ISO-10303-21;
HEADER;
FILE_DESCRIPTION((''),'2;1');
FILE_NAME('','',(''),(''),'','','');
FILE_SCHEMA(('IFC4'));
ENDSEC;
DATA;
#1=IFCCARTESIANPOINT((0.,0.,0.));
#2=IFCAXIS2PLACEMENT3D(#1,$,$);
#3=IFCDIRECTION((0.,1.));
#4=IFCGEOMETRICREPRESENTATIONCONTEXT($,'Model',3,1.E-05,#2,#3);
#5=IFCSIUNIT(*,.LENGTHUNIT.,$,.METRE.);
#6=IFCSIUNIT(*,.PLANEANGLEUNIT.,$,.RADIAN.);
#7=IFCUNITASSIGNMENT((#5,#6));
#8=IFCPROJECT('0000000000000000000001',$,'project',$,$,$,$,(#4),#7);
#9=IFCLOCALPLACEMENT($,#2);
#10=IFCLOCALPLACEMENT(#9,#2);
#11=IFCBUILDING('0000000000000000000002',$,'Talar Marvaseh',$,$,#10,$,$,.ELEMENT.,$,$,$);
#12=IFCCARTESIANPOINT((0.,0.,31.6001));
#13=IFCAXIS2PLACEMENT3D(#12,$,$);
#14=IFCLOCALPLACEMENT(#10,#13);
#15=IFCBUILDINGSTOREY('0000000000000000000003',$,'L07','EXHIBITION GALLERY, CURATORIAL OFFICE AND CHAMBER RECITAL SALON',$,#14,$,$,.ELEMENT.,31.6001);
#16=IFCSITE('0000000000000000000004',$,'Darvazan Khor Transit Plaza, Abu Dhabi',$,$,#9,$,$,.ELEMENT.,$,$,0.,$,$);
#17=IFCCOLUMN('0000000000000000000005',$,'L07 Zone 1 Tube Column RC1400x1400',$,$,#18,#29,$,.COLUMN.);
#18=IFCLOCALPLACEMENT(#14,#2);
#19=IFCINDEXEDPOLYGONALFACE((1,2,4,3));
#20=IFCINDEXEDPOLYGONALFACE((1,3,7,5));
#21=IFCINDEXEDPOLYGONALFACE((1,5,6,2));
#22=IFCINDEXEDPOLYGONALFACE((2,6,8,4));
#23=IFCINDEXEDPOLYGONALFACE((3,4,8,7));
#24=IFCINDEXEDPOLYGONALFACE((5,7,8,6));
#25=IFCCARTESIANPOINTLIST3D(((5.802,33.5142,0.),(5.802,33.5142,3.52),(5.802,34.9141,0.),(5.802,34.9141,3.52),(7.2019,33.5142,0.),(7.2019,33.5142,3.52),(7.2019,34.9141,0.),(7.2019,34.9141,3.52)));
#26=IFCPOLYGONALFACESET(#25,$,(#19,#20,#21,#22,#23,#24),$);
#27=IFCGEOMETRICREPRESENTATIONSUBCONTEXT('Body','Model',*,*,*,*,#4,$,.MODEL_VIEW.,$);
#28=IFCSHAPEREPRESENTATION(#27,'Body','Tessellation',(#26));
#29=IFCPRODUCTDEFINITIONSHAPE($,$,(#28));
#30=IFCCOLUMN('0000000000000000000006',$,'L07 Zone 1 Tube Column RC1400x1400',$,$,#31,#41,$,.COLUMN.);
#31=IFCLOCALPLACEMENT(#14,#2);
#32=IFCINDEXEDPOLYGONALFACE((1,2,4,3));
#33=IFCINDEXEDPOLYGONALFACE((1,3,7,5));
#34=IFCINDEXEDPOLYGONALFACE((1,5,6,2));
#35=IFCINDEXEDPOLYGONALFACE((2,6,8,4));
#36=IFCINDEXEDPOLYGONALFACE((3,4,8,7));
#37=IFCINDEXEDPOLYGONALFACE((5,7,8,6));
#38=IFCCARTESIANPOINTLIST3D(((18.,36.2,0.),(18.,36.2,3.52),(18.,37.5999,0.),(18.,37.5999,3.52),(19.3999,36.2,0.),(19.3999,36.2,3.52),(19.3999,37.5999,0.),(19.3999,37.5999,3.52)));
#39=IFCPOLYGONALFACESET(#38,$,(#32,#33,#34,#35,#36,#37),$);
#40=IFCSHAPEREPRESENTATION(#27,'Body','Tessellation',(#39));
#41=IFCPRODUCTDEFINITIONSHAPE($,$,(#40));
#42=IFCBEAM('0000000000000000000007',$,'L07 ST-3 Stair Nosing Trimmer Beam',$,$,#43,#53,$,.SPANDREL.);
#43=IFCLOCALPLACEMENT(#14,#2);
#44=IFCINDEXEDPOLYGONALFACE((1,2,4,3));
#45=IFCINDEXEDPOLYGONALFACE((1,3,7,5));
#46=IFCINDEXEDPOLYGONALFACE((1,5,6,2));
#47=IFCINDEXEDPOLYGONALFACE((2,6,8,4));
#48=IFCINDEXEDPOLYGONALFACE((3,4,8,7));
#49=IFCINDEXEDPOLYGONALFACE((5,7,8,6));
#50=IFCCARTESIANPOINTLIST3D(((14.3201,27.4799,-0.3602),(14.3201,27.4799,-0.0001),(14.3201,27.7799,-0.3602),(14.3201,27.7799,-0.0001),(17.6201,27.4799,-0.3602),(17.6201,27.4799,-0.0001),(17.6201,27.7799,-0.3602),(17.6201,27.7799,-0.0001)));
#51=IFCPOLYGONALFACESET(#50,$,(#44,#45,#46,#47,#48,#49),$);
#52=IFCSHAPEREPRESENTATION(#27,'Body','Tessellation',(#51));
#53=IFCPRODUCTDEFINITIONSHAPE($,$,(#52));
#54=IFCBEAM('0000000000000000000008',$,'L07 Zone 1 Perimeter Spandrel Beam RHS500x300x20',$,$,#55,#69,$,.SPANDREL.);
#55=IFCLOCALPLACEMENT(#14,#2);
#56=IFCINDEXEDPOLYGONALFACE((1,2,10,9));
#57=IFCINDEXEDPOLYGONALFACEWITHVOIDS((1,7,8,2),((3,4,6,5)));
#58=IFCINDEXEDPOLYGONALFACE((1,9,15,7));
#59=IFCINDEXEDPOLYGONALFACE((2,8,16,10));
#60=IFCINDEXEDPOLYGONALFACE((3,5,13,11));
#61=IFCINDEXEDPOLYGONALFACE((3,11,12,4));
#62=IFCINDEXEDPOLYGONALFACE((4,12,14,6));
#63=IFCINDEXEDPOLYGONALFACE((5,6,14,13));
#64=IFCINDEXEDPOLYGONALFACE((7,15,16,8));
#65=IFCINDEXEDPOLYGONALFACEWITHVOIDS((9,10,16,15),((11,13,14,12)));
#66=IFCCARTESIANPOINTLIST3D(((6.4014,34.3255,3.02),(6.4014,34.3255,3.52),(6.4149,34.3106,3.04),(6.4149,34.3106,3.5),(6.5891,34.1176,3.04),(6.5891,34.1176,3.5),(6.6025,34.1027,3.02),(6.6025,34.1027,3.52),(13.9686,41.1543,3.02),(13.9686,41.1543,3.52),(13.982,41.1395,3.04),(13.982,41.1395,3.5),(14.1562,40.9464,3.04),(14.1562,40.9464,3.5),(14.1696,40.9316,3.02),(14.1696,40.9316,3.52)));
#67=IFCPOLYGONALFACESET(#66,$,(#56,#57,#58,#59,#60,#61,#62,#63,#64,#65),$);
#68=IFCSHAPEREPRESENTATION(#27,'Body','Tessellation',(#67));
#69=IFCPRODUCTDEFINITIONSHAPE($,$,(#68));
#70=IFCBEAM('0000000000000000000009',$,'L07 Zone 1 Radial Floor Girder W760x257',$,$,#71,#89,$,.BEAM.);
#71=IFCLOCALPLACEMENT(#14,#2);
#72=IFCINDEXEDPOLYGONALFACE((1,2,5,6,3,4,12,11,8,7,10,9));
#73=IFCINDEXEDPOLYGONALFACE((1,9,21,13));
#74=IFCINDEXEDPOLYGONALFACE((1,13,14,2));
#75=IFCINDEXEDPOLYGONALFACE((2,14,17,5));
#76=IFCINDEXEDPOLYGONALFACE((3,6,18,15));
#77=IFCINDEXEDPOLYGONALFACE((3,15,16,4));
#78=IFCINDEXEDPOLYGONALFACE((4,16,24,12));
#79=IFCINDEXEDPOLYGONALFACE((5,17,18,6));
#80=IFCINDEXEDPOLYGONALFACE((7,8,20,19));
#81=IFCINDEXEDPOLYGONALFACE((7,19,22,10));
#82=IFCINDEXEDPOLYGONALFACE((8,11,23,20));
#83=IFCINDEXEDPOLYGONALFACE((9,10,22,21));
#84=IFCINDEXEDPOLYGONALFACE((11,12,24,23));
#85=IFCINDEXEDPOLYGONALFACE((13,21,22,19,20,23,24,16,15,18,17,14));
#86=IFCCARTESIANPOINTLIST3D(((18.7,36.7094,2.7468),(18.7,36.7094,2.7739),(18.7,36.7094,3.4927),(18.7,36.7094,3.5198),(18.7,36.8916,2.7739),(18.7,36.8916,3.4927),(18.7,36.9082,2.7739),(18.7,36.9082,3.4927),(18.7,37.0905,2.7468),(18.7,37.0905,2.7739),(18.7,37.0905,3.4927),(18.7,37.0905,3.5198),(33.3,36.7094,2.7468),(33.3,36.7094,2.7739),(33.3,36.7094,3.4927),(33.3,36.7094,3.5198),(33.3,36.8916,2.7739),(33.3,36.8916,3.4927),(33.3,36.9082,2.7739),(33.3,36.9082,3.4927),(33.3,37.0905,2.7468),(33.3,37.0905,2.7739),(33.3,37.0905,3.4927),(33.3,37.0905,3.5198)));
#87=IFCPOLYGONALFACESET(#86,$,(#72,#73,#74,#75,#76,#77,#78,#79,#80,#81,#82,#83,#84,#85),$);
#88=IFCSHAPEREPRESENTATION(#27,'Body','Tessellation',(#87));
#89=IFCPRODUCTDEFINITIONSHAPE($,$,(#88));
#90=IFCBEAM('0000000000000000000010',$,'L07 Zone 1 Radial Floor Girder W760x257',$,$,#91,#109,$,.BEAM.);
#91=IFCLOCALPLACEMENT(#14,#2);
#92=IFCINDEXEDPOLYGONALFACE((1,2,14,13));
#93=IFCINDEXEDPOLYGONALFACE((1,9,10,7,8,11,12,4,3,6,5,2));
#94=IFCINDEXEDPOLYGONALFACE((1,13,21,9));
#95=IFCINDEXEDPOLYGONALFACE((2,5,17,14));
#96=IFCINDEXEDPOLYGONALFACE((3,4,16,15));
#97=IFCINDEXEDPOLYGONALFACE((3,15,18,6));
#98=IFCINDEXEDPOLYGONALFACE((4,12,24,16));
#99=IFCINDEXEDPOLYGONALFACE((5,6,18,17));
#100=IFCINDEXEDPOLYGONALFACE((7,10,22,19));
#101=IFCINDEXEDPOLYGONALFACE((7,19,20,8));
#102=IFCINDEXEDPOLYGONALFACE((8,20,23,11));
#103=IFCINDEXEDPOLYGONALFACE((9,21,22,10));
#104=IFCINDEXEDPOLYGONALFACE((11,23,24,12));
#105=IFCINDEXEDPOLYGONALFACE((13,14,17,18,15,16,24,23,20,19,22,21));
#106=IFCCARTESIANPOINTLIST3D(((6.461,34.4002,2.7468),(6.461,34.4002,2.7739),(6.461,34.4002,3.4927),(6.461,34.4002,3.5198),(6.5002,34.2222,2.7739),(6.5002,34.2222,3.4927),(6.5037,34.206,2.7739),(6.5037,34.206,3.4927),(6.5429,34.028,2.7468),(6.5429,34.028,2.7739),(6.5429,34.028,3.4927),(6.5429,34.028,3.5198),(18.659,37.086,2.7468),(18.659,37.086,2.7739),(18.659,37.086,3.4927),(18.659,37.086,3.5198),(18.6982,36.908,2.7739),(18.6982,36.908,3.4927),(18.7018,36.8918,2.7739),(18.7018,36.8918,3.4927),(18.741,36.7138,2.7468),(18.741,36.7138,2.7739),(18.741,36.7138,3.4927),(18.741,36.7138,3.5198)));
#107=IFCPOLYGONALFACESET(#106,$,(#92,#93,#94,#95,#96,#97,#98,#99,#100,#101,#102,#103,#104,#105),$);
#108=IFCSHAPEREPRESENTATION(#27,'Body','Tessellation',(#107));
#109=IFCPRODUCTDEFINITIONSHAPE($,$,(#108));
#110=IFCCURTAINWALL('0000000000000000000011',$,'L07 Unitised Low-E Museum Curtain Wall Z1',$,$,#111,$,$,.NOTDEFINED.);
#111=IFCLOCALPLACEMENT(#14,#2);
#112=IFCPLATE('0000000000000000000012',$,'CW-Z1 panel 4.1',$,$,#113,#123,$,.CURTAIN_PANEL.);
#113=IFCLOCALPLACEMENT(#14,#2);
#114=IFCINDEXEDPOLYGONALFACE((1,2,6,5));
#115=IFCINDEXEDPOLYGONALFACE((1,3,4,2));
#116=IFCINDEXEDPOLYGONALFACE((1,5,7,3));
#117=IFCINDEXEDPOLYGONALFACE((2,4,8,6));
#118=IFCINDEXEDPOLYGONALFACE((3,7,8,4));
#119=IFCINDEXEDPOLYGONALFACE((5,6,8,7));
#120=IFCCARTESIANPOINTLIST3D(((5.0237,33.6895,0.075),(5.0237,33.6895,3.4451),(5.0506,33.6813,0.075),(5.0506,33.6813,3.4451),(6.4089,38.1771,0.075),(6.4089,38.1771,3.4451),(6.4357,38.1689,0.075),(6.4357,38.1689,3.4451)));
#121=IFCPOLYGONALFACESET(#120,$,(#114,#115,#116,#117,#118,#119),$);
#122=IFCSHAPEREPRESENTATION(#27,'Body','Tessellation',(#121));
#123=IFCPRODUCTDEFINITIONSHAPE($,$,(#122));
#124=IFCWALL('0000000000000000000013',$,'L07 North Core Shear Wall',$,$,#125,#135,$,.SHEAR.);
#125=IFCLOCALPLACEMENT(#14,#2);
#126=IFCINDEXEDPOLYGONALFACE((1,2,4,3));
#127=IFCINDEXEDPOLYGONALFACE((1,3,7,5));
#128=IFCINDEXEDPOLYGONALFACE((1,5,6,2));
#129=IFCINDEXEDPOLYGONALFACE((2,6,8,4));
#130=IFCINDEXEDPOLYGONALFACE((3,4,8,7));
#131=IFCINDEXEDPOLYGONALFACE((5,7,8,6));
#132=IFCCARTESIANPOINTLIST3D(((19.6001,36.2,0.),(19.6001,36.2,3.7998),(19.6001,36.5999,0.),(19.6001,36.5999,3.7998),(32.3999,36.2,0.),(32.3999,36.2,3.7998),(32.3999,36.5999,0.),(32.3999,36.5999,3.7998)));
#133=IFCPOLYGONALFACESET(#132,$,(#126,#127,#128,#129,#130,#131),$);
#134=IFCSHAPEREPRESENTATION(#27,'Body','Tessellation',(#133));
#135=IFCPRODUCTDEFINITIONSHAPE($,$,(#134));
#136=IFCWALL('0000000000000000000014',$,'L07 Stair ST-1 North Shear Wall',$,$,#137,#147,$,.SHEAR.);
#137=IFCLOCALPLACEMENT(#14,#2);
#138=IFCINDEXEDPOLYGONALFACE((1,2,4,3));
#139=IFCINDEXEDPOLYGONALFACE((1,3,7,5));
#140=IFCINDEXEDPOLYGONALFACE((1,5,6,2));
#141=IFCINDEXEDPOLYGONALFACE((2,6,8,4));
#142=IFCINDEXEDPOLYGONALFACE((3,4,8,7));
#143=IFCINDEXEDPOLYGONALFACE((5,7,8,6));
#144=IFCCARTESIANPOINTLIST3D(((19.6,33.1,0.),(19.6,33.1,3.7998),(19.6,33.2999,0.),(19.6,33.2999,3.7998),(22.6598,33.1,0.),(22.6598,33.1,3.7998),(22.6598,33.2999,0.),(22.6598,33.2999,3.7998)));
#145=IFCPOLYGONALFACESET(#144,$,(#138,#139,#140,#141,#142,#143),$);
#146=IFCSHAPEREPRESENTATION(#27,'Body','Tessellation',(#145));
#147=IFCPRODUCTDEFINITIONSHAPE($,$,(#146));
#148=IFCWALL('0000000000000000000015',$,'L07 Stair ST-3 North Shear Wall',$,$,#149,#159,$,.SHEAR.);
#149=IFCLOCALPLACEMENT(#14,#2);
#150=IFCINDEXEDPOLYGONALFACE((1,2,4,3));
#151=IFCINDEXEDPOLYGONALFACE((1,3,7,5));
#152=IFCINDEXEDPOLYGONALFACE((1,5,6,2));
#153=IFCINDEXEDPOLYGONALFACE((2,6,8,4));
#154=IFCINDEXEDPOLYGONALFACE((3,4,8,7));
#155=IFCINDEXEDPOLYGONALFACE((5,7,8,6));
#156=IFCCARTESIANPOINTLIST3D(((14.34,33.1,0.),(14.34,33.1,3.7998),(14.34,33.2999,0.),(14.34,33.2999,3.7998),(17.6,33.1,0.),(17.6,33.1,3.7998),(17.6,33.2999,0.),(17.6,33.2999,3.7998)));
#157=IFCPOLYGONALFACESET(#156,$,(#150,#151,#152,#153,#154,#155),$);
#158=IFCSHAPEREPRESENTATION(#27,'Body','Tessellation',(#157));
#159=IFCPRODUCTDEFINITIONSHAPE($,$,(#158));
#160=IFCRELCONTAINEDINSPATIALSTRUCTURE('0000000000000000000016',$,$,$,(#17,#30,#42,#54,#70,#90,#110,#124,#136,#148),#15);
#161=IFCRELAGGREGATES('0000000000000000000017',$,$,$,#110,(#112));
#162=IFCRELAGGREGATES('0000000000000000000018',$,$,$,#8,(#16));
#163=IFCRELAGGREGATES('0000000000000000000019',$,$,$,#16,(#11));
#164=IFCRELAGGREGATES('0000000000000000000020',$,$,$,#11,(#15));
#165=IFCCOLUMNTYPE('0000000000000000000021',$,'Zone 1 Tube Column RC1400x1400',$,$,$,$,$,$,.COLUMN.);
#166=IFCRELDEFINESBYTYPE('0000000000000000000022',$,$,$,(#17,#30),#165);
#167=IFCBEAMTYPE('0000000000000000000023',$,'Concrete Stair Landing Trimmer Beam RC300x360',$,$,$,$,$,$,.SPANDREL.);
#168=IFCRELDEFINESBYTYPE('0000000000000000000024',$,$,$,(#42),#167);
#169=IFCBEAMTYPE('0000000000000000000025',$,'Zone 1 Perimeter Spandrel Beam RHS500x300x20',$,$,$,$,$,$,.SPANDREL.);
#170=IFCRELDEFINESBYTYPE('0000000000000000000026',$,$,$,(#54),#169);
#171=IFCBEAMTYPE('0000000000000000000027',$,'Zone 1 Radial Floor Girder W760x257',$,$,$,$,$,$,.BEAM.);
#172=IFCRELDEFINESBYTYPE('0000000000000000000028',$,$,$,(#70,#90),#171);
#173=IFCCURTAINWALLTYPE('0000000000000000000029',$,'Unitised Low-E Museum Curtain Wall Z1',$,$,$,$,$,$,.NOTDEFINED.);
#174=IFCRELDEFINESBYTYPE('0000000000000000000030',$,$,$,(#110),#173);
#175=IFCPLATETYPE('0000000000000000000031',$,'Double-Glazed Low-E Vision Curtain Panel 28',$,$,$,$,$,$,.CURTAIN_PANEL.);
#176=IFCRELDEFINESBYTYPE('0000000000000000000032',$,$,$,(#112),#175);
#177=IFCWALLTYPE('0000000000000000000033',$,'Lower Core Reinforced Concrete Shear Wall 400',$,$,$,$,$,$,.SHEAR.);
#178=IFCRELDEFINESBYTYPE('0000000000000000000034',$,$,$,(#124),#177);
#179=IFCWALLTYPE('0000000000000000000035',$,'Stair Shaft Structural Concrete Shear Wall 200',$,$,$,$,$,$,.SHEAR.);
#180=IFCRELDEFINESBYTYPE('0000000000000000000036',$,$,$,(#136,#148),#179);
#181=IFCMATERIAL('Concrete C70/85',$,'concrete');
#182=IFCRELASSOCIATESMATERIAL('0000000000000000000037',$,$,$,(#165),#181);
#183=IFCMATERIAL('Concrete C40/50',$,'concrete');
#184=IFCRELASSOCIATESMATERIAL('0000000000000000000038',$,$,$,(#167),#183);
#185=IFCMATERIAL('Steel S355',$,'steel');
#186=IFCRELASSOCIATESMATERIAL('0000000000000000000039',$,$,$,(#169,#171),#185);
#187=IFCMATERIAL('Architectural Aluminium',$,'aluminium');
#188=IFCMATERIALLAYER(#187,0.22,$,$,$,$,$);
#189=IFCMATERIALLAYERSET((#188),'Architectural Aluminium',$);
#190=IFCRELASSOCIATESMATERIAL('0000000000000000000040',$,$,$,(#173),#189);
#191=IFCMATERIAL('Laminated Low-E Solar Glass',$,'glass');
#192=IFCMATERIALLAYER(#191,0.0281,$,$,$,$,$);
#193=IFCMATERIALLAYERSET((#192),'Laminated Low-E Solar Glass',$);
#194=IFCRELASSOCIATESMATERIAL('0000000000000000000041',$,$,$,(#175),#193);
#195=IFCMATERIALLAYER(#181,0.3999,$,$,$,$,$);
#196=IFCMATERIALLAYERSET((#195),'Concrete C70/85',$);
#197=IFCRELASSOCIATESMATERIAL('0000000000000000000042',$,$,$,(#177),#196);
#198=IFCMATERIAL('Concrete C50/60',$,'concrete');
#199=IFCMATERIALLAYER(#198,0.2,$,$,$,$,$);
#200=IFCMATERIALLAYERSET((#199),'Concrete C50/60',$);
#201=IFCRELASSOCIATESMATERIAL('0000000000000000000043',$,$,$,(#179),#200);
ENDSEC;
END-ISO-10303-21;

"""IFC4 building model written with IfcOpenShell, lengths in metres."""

from ifc_helpers import new_model, si_unit, direction, frame, frame_2d, origin, origin_2d, place, context, subcontext, project, spatial, rectangle, hollow_rectangle, i_section, extrude, source, transform, mapped, material, layer, layer_set, material_profile, profile_set, type_object, type_shapes, element, aggregate, save


model = new_model("IFC4")

# Units and contexts
model_context = context("Model", 3, precision=1e-05, world=origin(), true_north=direction((0.0, 1.0)))
body_context = subcontext(model_context, "Body", "Model", "MODEL_VIEW")
ifc_project = project(units=[si_unit("LENGTHUNIT", "METRE"), si_unit("PLANEANGLEUNIT", "RADIAN")], contexts=[model_context])

# Site, building, storey
site_placement = place(None, origin())
site = spatial("IfcSite", under=ifc_project, at=site_placement, Name="Darvazan Khor Transit Plaza, Abu Dhabi", CompositionType="ELEMENT", RefElevation=0.0)
building_placement = place(site_placement, origin())
building = spatial("IfcBuilding", under=site, at=building_placement, Name="Talar Marvaseh", CompositionType="ELEMENT")
storey_placement = place(building_placement, frame((0.0, 0.0, 31.6001)))
storey = spatial("IfcBuildingStorey", under=building, at=storey_placement, Name="L07", Description="EXHIBITION GALLERY, CURATORIAL OFFICE AND CHAMBER RECITAL SALON", CompositionType="ELEMENT", Elevation=31.6001)

# Columns
ifc_material_1 = material(Name="Concrete C70/85", Category="concrete")
ifc_material_profile_1 = material_profile(ifc_material_1, rectangle(XDim=1.3999, YDim=1.3999, at=origin_2d()), Name="RC1400x1400")
ifc_profile_set_1 = profile_set([ifc_material_profile_1], Name="Concrete C70/85")
column_type = type_object("IfcColumnType", Name="Zone 1 Tube Column RC1400x1400", PredefinedType="COLUMN", material=ifc_profile_set_1)
for number, where, z_axis, x_axis, name in (
    (1, (6.502, 34.2141, 0.0), (0.0, 0.0, 1.0), (1.0, 0.0, 0.0), "L07 Zone 1 Tube Column RC1400x1400"),
    (2, (18.7, 36.8999, 0.0), (0.0, 0.0, 1.0), (1.0, 0.0, 0.0), "L07 Zone 1 Tube Column RC1400x1400"),
):
    element("IfcColumn", number, at=place(storey_placement, frame(where, z_axis=z_axis, x_axis=x_axis)), inside=storey, type_object=column_type, Name=name, PredefinedType="COLUMN", context=body_context, shape_type="SweptSolid", body=[
        extrude(rectangle(XDim=1.3999, YDim=1.3999, at=origin_2d()), origin(), (0.0, 0.0, 1.0), 3.52),
    ])

# Beams
ifc_material_2 = material(Name="Concrete C40/50", Category="concrete")
ifc_material_profile_2 = material_profile(ifc_material_2, rectangle(XDim=0.3, YDim=0.3601, at=origin_2d()), Name="RC300x360")
ifc_profile_set_2 = profile_set([ifc_material_profile_2], Name="Concrete C40/50")
beam_type_1 = type_object("IfcBeamType", Name="Concrete Stair Landing Trimmer Beam RC300x360", PredefinedType="SPANDREL", material=ifc_profile_set_2)
beam_1_placement = place(storey_placement, frame((17.6201, 27.6299, -0.1802), z_axis=(-1.0, 0.0, 0.0), x_axis=(0.0, -1.0, 0.0)))
element("IfcBeam", 3, at=beam_1_placement, inside=storey, type_object=beam_type_1, Name="L07 ST-3 Stair Nosing Trimmer Beam", PredefinedType="SPANDREL", context=body_context, shape_type="SweptSolid", body=[
    extrude(rectangle(XDim=0.3, YDim=0.3601, at=origin_2d()), origin(), (0.0, 0.0, 1.0), 3.3),
])
ifc_material_3 = material(Name="Steel S355", Category="steel")
ifc_material_profile_3 = material_profile(ifc_material_3, hollow_rectangle(XDim=0.3, YDim=0.5, WallThickness=0.02, at=origin_2d()), Name="RHS500x300x20")
ifc_profile_set_3 = profile_set([ifc_material_profile_3], Name="Steel S355")
beam_type_2 = type_object("IfcBeamType", Name="Zone 1 Perimeter Spandrel Beam RHS500x300x20", PredefinedType="SPANDREL", material=ifc_profile_set_3)
beam_2_placement = place(storey_placement, frame((6.502, 34.2141, 3.27), z_axis=(0.742394, 0.669963, 0.0), x_axis=(-0.669963, 0.742394, 0.0)))
element("IfcBeam", 4, at=beam_2_placement, inside=storey, type_object=beam_type_2, Name="L07 Zone 1 Perimeter Spandrel Beam RHS500x300x20", PredefinedType="SPANDREL", context=body_context, shape_type="SweptSolid", body=[
    extrude(hollow_rectangle(XDim=0.3, YDim=0.5, WallThickness=0.02, at=origin_2d()), origin(), (0.0, 0.0, 1.0), 10.1929),
])
ifc_material_profile_4 = material_profile(ifc_material_3, i_section(OverallWidth=0.3811, OverallDepth=0.7729, WebThickness=0.0166, FlangeThickness=0.0271, at=origin_2d()), Name="W760x257")
ifc_profile_set_4 = profile_set([ifc_material_profile_4], Name="Steel S355")
beam_type_3 = type_object("IfcBeamType", Name="Zone 1 Radial Floor Girder W760x257", PredefinedType="BEAM", material=ifc_profile_set_4)
beam_3_placement = place(storey_placement, frame((18.7, 36.8999, 3.1333), z_axis=(1.0, 0.0, 0.0), x_axis=(0.0, 1.0, 0.0)))
element("IfcBeam", 5, at=beam_3_placement, inside=storey, type_object=beam_type_3, Name="L07 Zone 1 Radial Floor Girder W760x257", PredefinedType="BEAM", context=body_context, shape_type="SweptSolid", body=[
    extrude(i_section(OverallWidth=0.3811, OverallDepth=0.7729, WebThickness=0.0166, FlangeThickness=0.0271, at=origin_2d()), origin(), (0.0, 0.0, 1.0), 14.6001),
])
beam_4_placement = place(storey_placement, frame((6.502, 34.2141, 3.1333), z_axis=(0.976607, 0.215032, 0.0), x_axis=(-0.215032, 0.976607, 0.0)))
element("IfcBeam", 6, at=beam_4_placement, inside=storey, type_object=beam_type_3, Name="L07 Zone 1 Radial Floor Girder W760x257", PredefinedType="BEAM", context=body_context, shape_type="SweptSolid", body=[
    extrude(i_section(OverallWidth=0.3811, OverallDepth=0.7729, WebThickness=0.0166, FlangeThickness=0.0271, at=origin_2d()), origin(), (0.0, 0.0, 1.0), 12.4902),
])

# Curtain wall, plate
ifc_material_4 = material(Name="Architectural Aluminium", Category="aluminium")
ifc_layer_1 = layer(ifc_material_4, 0.22)
ifc_layer_set_1 = layer_set([ifc_layer_1], Name="Architectural Aluminium")
curtain_wall_type = type_object("IfcCurtainWallType", Name="Unitised Low-E Museum Curtain Wall Z1", PredefinedType="NOTDEFINED", material=ifc_layer_set_1)
curtain_wall_placement = place(storey_placement, origin())
curtain_wall = element("IfcCurtainWall", 7, at=curtain_wall_placement, inside=storey, type_object=curtain_wall_type, Name="L07 Unitised Low-E Museum Curtain Wall Z1", PredefinedType="NOTDEFINED")
ifc_material_5 = material(Name="Laminated Low-E Solar Glass", Category="glass")
ifc_layer_2 = layer(ifc_material_5, 0.0281)
ifc_layer_set_2 = layer_set([ifc_layer_2], Name="Laminated Low-E Solar Glass")
plate_type = type_object("IfcPlateType", Name="Double-Glazed Low-E Vision Curtain Panel 28", PredefinedType="CURTAIN_PANEL", material=ifc_layer_set_2)
shared_shape_1 = source(origin(), body_context, "Body", "SweptSolid", [
    extrude(rectangle(XDim=4.6965, YDim=0.0281, at=origin_2d()), origin(), (0.0, 0.0, 1.0), 3.3701),
])
type_shapes(plate_type, [shared_shape_1])
plate_placement = place(storey_placement, frame((5.7297, 35.9292, 0.075), z_axis=(0.0, 0.0, 1.0), x_axis=(0.294938, 0.955516, 0.0)))
plate = element("IfcPlate", 8, at=plate_placement, type_object=plate_type, Name="CW-Z1 panel 4.1", PredefinedType="CURTAIN_PANEL", context=body_context, shape_type="MappedRepresentation", body=[
    mapped(shared_shape_1, transform((0.0, 0.0, 0.0), x_axis=(1.0, 0.0, 0.0), y_axis=(0.0, 1.0, 0.0), z_axis=(0.0, 0.0, 1.0), scale=1.0)),
])
aggregate(curtain_wall, [plate])

# Walls
ifc_layer_3 = layer(ifc_material_1, 0.3999)
ifc_layer_set_3 = layer_set([ifc_layer_3], Name="Concrete C70/85")
wall_type_1 = type_object("IfcWallType", Name="Lower Core Reinforced Concrete Shear Wall 400", PredefinedType="SHEAR", material=ifc_layer_set_3)
wall_1_placement = place(storey_placement, frame((19.6001, 36.3999, 0.0), z_axis=(0.0, 0.0, 1.0), x_axis=(1.0, 0.0, 0.0)))
element("IfcWall", 9, at=wall_1_placement, inside=storey, type_object=wall_type_1, Name="L07 North Core Shear Wall", PredefinedType="SHEAR", context=body_context, shape_type="SweptSolid", body=[
    extrude(rectangle(XDim=12.7998, YDim=0.3999, at=frame_2d((6.3999, 0.0))), origin(), (0.0, 0.0, 1.0), 3.7998),
])
ifc_material_6 = material(Name="Concrete C50/60", Category="concrete")
ifc_layer_4 = layer(ifc_material_6, 0.2)
ifc_layer_set_4 = layer_set([ifc_layer_4], Name="Concrete C50/60")
wall_type_2 = type_object("IfcWallType", Name="Stair Shaft Structural Concrete Shear Wall 200", PredefinedType="SHEAR", material=ifc_layer_set_4)
wall_2_placement = place(storey_placement, frame((19.6001, 33.2, 0.0), z_axis=(0.0, 0.0, 1.0), x_axis=(1.0, 0.0, 0.0)))
element("IfcWall", 10, at=wall_2_placement, inside=storey, type_object=wall_type_2, Name="L07 Stair ST-1 North Shear Wall", PredefinedType="SHEAR", context=body_context, shape_type="SweptSolid", body=[
    extrude(rectangle(XDim=3.0598, YDim=0.2, at=frame_2d((1.5298, 0.0))), origin(), (0.0, 0.0, 1.0), 3.7998),
])
wall_3_placement = place(storey_placement, frame((14.3401, 33.2, 0.0), z_axis=(0.0, 0.0, 1.0), x_axis=(1.0, 0.0, 0.0)))
element("IfcWall", 11, at=wall_3_placement, inside=storey, type_object=wall_type_2, Name="L07 Stair ST-3 North Shear Wall", PredefinedType="SHEAR", context=body_context, shape_type="SweptSolid", body=[
    extrude(rectangle(XDim=3.26, YDim=0.2, at=frame_2d((1.6299, 0.0))), origin(), (0.0, 0.0, 1.0), 3.7998),
])

save(model, "model.ifc")
